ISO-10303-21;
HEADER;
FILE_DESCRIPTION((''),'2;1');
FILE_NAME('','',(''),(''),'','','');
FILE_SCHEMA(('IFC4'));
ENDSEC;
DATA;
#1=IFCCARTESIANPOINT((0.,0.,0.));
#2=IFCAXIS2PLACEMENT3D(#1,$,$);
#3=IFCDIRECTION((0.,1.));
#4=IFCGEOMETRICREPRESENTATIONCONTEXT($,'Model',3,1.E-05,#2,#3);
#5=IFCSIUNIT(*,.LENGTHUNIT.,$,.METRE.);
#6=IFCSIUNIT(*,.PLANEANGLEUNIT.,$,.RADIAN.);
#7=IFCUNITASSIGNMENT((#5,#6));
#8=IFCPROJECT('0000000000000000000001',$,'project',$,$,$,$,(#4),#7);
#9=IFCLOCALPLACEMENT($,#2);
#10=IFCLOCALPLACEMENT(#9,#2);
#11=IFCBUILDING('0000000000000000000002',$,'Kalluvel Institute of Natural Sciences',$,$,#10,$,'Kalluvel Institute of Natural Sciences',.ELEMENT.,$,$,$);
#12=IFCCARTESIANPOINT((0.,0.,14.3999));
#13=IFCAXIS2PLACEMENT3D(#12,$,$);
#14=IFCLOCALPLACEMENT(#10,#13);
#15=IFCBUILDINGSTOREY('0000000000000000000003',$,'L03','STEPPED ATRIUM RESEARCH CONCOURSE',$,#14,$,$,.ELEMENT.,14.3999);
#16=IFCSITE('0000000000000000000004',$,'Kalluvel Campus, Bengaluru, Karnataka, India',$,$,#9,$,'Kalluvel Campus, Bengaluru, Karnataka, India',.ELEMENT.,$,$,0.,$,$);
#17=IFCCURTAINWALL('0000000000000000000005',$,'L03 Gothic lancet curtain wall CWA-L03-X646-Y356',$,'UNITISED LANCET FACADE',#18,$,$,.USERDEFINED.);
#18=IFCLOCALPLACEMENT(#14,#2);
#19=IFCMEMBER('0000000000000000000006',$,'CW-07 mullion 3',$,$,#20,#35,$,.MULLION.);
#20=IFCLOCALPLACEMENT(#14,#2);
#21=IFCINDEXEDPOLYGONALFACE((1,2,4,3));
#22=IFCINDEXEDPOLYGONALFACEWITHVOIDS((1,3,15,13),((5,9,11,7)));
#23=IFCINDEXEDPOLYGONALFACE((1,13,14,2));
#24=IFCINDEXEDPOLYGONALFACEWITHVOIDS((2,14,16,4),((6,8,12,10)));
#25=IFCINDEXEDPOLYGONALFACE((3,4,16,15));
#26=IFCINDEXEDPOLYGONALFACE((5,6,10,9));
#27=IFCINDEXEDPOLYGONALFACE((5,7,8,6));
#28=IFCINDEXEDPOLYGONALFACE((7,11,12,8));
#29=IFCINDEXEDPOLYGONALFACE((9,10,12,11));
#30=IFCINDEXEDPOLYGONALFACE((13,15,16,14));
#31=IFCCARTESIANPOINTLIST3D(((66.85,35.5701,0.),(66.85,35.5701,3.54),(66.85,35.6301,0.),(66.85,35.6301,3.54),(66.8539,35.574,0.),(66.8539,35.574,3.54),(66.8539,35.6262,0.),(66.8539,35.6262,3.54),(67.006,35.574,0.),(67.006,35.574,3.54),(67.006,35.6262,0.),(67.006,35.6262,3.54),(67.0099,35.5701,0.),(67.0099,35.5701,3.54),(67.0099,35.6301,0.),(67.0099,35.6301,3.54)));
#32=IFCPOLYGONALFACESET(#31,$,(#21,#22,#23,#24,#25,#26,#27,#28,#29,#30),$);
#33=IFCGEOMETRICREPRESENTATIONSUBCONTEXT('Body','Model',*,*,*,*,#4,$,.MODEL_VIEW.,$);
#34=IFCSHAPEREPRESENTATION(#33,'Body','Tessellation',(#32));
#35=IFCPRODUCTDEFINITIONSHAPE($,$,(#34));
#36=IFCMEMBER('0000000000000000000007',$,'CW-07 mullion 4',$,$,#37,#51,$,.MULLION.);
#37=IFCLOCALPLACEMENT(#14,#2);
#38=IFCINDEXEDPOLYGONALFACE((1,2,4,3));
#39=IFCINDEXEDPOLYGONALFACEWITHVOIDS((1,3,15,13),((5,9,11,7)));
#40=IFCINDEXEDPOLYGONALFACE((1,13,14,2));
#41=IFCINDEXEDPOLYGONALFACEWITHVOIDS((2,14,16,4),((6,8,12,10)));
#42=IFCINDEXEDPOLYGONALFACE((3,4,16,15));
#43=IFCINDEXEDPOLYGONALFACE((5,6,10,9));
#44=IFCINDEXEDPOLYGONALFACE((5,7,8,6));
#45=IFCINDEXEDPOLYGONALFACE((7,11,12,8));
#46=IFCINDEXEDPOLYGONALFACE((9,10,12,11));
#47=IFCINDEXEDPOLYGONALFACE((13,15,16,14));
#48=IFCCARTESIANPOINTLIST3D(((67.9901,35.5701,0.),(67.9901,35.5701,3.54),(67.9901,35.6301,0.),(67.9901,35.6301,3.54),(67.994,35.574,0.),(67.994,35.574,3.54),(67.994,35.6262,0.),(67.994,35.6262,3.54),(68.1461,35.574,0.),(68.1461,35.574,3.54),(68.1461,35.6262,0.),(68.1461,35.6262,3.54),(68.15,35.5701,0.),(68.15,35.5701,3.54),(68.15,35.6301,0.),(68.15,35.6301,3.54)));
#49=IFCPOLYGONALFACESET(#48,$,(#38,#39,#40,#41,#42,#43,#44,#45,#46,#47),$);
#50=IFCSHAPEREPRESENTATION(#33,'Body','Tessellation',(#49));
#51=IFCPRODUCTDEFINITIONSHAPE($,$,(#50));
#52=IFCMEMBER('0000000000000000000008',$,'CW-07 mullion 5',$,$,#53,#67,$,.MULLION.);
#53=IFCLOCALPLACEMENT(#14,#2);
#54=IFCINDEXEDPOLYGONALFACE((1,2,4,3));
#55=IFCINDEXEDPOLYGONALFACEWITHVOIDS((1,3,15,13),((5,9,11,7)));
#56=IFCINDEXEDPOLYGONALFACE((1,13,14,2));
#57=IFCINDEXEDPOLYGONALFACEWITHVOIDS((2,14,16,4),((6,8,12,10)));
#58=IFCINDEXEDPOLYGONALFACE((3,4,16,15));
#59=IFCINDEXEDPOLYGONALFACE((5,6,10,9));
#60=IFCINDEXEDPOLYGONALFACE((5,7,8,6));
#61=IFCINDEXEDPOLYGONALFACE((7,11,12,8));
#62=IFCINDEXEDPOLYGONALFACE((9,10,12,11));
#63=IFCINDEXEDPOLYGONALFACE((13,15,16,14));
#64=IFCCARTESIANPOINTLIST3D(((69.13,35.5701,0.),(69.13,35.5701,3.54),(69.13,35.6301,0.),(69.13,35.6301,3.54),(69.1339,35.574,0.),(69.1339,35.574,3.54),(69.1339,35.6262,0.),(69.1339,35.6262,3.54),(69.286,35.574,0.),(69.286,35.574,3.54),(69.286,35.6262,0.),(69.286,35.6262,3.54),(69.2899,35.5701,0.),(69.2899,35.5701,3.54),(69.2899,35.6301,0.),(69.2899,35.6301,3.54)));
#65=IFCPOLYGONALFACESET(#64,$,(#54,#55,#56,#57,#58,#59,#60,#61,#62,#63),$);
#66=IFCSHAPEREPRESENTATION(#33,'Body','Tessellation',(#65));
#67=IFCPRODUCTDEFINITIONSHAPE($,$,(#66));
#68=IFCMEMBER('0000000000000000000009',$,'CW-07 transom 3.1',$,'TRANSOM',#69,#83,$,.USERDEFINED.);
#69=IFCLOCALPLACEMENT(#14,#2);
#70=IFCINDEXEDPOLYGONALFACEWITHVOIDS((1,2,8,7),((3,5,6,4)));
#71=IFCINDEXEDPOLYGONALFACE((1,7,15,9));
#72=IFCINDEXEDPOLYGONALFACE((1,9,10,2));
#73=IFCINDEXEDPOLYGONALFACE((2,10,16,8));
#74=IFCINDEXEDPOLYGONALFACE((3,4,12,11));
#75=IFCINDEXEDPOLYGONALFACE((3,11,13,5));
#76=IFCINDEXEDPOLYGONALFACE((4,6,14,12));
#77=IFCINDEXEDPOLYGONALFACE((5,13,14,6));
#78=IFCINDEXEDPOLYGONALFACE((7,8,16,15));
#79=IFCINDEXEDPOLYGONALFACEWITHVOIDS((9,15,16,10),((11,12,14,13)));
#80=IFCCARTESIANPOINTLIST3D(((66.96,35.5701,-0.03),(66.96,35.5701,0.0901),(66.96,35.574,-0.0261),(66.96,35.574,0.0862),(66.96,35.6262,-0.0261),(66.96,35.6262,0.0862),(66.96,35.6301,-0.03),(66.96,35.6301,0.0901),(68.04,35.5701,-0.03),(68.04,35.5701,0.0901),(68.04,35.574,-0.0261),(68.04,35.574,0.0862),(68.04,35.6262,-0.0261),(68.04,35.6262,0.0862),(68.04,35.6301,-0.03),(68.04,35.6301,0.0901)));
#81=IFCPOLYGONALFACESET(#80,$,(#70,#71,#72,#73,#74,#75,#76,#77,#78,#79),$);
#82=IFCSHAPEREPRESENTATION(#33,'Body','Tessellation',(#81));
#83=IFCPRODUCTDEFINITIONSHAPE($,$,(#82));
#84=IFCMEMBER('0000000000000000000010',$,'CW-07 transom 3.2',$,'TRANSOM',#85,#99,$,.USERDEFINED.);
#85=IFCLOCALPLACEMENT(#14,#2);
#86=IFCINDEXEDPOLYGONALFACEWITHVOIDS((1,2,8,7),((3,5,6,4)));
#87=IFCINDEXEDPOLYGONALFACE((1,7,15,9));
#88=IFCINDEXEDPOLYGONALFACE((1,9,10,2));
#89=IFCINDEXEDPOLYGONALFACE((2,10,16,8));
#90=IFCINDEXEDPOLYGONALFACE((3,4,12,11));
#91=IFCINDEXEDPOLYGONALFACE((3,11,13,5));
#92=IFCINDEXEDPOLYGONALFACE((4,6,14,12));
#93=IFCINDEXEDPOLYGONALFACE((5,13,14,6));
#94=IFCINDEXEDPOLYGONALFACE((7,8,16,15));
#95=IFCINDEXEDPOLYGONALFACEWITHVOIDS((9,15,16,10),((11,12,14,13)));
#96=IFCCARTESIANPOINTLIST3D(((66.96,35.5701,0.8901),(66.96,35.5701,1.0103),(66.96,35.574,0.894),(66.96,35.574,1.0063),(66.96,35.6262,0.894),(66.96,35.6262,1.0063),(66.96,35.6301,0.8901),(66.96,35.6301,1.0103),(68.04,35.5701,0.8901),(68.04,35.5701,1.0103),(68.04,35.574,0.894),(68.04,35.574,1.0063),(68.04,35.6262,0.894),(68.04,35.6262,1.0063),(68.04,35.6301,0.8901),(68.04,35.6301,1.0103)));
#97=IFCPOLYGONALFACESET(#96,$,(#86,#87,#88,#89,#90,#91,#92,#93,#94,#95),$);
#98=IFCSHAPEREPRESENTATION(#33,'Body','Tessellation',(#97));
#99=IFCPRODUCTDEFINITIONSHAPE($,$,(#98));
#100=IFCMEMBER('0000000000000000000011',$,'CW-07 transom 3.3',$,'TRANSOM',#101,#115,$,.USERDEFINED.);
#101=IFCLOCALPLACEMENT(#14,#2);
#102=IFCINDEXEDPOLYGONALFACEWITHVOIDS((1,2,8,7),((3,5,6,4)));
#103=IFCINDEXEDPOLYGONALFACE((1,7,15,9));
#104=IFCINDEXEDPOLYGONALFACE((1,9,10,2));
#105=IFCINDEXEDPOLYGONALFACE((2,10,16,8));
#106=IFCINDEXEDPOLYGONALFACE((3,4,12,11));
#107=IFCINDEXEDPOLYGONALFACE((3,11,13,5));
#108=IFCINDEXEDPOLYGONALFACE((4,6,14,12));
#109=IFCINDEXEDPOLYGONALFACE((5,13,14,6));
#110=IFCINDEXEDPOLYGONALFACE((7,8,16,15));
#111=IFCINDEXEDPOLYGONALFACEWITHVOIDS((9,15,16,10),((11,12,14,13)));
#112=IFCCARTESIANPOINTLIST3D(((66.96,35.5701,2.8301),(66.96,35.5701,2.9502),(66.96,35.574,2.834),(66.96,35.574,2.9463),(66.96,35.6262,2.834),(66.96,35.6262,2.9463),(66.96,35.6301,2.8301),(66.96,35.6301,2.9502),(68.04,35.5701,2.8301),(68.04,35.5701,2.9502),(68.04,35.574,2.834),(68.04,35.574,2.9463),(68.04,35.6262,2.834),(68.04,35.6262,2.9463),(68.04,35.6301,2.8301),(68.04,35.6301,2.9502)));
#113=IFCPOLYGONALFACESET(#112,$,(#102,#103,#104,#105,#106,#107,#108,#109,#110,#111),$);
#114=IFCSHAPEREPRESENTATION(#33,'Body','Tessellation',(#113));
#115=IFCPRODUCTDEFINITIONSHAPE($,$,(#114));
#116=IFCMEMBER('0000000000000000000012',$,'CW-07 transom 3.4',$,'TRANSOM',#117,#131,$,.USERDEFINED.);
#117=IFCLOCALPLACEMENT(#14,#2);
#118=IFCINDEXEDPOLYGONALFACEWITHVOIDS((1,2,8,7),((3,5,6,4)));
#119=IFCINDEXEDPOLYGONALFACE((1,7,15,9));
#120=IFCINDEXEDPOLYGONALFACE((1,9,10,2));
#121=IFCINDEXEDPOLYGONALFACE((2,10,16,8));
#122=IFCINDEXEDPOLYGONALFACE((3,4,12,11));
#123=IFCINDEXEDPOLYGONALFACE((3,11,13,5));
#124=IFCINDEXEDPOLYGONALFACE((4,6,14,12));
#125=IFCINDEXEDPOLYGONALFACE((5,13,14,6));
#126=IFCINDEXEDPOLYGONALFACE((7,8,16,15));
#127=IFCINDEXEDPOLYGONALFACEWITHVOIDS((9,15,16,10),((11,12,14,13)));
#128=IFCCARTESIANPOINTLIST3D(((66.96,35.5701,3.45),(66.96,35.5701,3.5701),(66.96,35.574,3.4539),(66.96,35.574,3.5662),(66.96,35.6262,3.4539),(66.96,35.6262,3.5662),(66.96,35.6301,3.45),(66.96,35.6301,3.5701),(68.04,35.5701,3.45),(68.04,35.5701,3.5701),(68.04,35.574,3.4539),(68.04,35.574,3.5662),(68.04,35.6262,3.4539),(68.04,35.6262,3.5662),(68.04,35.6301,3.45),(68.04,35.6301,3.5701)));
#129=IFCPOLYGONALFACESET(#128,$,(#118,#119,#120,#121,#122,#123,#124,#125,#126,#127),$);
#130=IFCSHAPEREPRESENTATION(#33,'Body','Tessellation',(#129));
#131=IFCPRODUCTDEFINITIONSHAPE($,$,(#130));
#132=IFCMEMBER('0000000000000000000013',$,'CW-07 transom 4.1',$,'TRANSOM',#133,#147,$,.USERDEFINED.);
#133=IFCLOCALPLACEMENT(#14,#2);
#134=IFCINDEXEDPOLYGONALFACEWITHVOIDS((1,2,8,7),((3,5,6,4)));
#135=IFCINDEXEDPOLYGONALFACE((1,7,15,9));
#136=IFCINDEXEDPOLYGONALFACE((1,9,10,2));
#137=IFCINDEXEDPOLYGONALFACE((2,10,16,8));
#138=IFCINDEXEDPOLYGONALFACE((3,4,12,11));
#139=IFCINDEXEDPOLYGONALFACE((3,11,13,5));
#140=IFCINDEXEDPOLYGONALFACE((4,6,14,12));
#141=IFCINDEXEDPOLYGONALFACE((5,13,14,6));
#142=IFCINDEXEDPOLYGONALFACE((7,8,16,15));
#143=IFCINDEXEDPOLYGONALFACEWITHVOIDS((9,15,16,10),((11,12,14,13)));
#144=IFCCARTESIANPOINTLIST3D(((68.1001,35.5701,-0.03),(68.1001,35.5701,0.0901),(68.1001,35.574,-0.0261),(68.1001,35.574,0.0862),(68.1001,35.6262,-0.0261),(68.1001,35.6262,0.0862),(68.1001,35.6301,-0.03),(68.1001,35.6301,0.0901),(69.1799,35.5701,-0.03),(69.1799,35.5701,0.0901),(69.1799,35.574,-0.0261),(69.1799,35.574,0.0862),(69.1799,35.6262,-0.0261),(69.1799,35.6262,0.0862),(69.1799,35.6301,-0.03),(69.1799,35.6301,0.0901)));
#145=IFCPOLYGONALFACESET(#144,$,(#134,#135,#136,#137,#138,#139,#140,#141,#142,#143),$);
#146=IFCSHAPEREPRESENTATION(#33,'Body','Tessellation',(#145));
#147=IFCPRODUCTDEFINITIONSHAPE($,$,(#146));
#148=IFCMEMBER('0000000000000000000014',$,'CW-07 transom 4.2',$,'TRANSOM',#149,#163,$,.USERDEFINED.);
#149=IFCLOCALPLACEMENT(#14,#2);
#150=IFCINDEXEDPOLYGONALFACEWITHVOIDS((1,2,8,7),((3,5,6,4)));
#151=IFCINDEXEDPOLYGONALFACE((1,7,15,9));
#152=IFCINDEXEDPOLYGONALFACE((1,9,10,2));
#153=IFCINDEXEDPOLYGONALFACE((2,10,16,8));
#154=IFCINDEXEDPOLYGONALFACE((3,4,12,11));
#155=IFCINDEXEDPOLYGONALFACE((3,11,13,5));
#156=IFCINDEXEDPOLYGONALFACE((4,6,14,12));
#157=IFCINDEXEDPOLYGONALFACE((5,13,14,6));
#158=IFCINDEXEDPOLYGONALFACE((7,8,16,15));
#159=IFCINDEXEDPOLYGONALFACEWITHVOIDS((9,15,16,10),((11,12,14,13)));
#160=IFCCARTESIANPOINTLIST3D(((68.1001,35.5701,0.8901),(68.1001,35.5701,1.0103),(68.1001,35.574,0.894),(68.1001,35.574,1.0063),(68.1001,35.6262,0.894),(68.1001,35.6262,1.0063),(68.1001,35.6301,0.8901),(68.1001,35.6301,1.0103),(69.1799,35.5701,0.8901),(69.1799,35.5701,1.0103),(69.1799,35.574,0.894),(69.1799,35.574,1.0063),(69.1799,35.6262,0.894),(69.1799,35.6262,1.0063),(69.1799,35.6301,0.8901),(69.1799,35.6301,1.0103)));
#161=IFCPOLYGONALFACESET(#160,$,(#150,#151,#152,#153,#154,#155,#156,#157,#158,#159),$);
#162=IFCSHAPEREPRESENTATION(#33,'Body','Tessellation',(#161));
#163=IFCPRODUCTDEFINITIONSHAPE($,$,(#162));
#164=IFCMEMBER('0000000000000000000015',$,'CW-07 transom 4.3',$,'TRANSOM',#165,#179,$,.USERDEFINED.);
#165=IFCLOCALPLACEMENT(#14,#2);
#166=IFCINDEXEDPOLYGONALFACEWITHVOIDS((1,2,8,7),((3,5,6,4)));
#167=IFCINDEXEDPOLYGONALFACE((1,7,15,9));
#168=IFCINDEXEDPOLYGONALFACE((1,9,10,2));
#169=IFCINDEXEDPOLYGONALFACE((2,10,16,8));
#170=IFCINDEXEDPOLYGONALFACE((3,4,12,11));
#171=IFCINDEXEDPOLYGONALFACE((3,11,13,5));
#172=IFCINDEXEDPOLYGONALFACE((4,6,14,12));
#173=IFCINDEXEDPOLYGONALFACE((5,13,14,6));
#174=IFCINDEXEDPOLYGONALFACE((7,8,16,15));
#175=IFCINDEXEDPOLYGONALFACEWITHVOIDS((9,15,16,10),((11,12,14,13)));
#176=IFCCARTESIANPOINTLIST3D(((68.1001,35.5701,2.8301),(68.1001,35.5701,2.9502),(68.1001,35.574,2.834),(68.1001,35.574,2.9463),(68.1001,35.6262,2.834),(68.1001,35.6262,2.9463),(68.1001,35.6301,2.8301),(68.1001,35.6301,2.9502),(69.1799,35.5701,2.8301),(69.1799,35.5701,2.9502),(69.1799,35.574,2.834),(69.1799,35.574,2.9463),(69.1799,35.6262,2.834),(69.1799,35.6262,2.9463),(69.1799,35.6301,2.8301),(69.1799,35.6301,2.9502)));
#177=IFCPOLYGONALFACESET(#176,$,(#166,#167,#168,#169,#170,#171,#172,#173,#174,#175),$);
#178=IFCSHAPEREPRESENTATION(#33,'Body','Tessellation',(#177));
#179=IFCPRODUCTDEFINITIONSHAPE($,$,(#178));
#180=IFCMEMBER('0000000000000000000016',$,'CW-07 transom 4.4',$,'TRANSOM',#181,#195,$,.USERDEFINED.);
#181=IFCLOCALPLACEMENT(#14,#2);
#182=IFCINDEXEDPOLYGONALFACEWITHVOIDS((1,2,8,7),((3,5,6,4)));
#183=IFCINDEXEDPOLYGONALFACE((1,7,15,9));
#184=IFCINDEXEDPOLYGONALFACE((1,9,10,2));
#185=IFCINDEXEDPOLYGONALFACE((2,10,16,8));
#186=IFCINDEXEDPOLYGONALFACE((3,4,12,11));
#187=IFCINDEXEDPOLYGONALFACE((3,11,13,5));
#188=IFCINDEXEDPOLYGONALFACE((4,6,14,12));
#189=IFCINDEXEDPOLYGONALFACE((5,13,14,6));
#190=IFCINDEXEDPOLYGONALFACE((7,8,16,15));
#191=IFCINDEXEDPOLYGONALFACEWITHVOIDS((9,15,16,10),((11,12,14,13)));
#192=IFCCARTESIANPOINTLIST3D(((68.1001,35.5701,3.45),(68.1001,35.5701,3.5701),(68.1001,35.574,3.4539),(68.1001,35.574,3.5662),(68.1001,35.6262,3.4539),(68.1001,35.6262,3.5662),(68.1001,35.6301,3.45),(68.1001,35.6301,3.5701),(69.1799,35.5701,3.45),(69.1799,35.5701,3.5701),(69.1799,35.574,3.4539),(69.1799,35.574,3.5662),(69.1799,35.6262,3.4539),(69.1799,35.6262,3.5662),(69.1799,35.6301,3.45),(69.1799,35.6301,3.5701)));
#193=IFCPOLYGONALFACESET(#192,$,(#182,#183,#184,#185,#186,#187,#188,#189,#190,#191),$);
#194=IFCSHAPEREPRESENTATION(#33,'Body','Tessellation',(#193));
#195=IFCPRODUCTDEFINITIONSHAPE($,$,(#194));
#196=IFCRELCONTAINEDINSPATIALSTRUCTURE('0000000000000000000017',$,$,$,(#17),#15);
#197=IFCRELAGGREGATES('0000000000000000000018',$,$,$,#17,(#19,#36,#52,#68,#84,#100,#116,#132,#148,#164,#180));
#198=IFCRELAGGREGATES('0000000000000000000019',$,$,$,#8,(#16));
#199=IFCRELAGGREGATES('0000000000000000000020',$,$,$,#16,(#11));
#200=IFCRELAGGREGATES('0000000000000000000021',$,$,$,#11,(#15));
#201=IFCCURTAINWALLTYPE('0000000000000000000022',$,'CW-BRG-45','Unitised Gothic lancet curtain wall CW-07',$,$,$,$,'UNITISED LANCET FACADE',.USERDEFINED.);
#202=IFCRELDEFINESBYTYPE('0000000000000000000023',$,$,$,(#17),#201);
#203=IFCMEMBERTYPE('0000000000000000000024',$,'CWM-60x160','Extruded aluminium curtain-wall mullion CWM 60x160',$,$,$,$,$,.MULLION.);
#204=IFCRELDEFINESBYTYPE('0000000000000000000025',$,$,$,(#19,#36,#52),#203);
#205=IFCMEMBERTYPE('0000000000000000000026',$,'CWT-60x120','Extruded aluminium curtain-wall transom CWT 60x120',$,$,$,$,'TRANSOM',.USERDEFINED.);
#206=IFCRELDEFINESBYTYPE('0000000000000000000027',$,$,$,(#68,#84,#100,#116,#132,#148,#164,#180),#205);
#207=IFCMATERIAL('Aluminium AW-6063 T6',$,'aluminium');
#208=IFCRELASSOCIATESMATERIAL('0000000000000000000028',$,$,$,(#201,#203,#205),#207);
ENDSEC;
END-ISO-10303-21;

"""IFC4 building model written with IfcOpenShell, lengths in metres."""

from ifc_helpers import new_model, si_unit, direction, frame, origin, origin_2d, place, context, subcontext, project, spatial, hollow_rectangle, extrude, material, material_profile, profile_set, type_object, element, aggregate, save


model = new_model("IFC4")

# Units and contexts
model_context = context("Model", 3, precision=1e-05, world=origin(), true_north=direction((0.0, 1.0)))
body_context = subcontext(model_context, "Body", "Model", "MODEL_VIEW")
ifc_project = project(units=[si_unit("LENGTHUNIT", "METRE"), si_unit("PLANEANGLEUNIT", "RADIAN")], contexts=[model_context])

# Site, building, storey
site_placement = place(None, origin())
site = spatial("IfcSite", under=ifc_project, at=site_placement, Name="Kalluvel Campus, Bengaluru, Karnataka, India", LongName="Kalluvel Campus, Bengaluru, Karnataka, India", CompositionType="ELEMENT", RefElevation=0.0)
building_placement = place(site_placement, origin())
building = spatial("IfcBuilding", under=site, at=building_placement, Name="Kalluvel Institute of Natural Sciences", LongName="Kalluvel Institute of Natural Sciences", CompositionType="ELEMENT")
storey_placement = place(building_placement, frame((0.0, 0.0, 14.3999)))
storey = spatial("IfcBuildingStorey", under=building, at=storey_placement, Name="L03", Description="STEPPED ATRIUM RESEARCH CONCOURSE", CompositionType="ELEMENT", Elevation=14.3999)

# Curtain wall, members
ifc_material_1 = material(Name="Aluminium AW-6063 T6", Category="aluminium")
curtain_wall_type = type_object("IfcCurtainWallType", Name="CW-BRG-45", Description="Unitised Gothic lancet curtain wall CW-07", ElementType="UNITISED LANCET FACADE", PredefinedType="USERDEFINED", material=ifc_material_1)
curtain_wall_placement = place(storey_placement, origin())
curtain_wall = element("IfcCurtainWall", 1, at=curtain_wall_placement, inside=storey, type_object=curtain_wall_type, Name="L03 Gothic lancet curtain wall CWA-L03-X646-Y356", ObjectType="UNITISED LANCET FACADE", PredefinedType="USERDEFINED")
ifc_material_profile_1 = material_profile(ifc_material_1, hollow_rectangle(XDim=0.0601, YDim=0.1599, WallThickness=0.0039, at=origin_2d()), Name="CWM 60x160")
ifc_profile_set_1 = profile_set([ifc_material_profile_1], Name="Aluminium AW-6063 T6")
member_type_1 = type_object("IfcMemberType", Name="CWM-60x160", Description="Extruded aluminium curtain-wall mullion CWM 60x160", PredefinedType="MULLION", material=ifc_profile_set_1)
member_1_placement = place(storey_placement, frame((66.9299, 35.6001, 0.0), z_axis=(0.0, 0.0, 1.0), x_axis=(0.0, 1.0, 0.0)))
member_1 = element("IfcMember", 2, at=member_1_placement, type_object=member_type_1, Name="CW-07 mullion 3", PredefinedType="MULLION", context=body_context, shape_type="SweptSolid", body=[
    extrude(hollow_rectangle(XDim=0.0601, YDim=0.1599, WallThickness=0.0039, at=origin_2d()), origin(), (0.0, 0.0, 1.0), 3.54),
])
member_2_placement = place(storey_placement, frame((68.0701, 35.6001, 0.0), z_axis=(0.0, 0.0, 1.0), x_axis=(0.0, 1.0, 0.0)))
member_2 = element("IfcMember", 3, at=member_2_placement, type_object=member_type_1, Name="CW-07 mullion 4", PredefinedType="MULLION", context=body_context, shape_type="SweptSolid", body=[
    extrude(hollow_rectangle(XDim=0.0601, YDim=0.1599, WallThickness=0.0039, at=origin_2d()), origin(), (0.0, 0.0, 1.0), 3.54),
])
member_3_placement = place(storey_placement, frame((69.21, 35.6001, 0.0), z_axis=(0.0, 0.0, 1.0), x_axis=(0.0, 1.0, 0.0)))
member_3 = element("IfcMember", 4, at=member_3_placement, type_object=member_type_1, Name="CW-07 mullion 5", PredefinedType="MULLION", context=body_context, shape_type="SweptSolid", body=[
    extrude(hollow_rectangle(XDim=0.0601, YDim=0.1599, WallThickness=0.0039, at=origin_2d()), origin(), (0.0, 0.0, 1.0), 3.54),
])
ifc_material_profile_2 = material_profile(ifc_material_1, hollow_rectangle(XDim=0.0601, YDim=0.1201, WallThickness=0.0039, at=origin_2d()), Name="CWT 60x120")
ifc_profile_set_2 = profile_set([ifc_material_profile_2], Name="Aluminium AW-6063 T6")
member_type_2 = type_object("IfcMemberType", Name="CWT-60x120", Description="Extruded aluminium curtain-wall transom CWT 60x120", ElementType="TRANSOM", PredefinedType="USERDEFINED", material=ifc_profile_set_2)
member_4_placement = place(storey_placement, frame((66.96, 35.6001, 0.03), z_axis=(1.0, 0.0, 0.0), x_axis=(0.0, 1.0, 0.0)))
member_4 = element("IfcMember", 5, at=member_4_placement, type_object=member_type_2, Name="CW-07 transom 3.1", ObjectType="TRANSOM", PredefinedType="USERDEFINED", context=body_context, shape_type="SweptSolid", body=[
    extrude(hollow_rectangle(XDim=0.0601, YDim=0.1201, WallThickness=0.0039, at=origin_2d()), origin(), (0.0, 0.0, 1.0), 1.0801),
])
member_5_placement = place(storey_placement, frame((66.96, 35.6001, 0.9502), z_axis=(1.0, 0.0, 0.0), x_axis=(0.0, 1.0, 0.0)))
member_5 = element("IfcMember", 6, at=member_5_placement, type_object=member_type_2, Name="CW-07 transom 3.2", ObjectType="TRANSOM", PredefinedType="USERDEFINED", context=body_context, shape_type="SweptSolid", body=[
    extrude(hollow_rectangle(XDim=0.0601, YDim=0.1201, WallThickness=0.0039, at=origin_2d()), origin(), (0.0, 0.0, 1.0), 1.0801),
])
member_6_placement = place(storey_placement, frame((66.96, 35.6001, 2.8901), z_axis=(1.0, 0.0, 0.0), x_axis=(0.0, 1.0, 0.0)))
member_6 = element("IfcMember", 7, at=member_6_placement, type_object=member_type_2, Name="CW-07 transom 3.3", ObjectType="TRANSOM", PredefinedType="USERDEFINED", context=body_context, shape_type="SweptSolid", body=[
    extrude(hollow_rectangle(XDim=0.0601, YDim=0.1201, WallThickness=0.0039, at=origin_2d()), origin(), (0.0, 0.0, 1.0), 1.0801),
])
member_7_placement = place(storey_placement, frame((66.96, 35.6001, 3.51), z_axis=(1.0, 0.0, 0.0), x_axis=(0.0, 1.0, 0.0)))
member_7 = element("IfcMember", 8, at=member_7_placement, type_object=member_type_2, Name="CW-07 transom 3.4", ObjectType="TRANSOM", PredefinedType="USERDEFINED", context=body_context, shape_type="SweptSolid", body=[
    extrude(hollow_rectangle(XDim=0.0601, YDim=0.1201, WallThickness=0.0039, at=origin_2d()), origin(), (0.0, 0.0, 1.0), 1.0801),
])
member_8_placement = place(storey_placement, frame((68.1001, 35.6001, 0.03), z_axis=(1.0, 0.0, 0.0), x_axis=(0.0, 1.0, 0.0)))
member_8 = element("IfcMember", 9, at=member_8_placement, type_object=member_type_2, Name="CW-07 transom 4.1", ObjectType="TRANSOM", PredefinedType="USERDEFINED", context=body_context, shape_type="SweptSolid", body=[
    extrude(hollow_rectangle(XDim=0.0601, YDim=0.1201, WallThickness=0.0039, at=origin_2d()), origin(), (0.0, 0.0, 1.0), 1.0798),
])
member_9_placement = place(storey_placement, frame((68.1001, 35.6001, 0.9502), z_axis=(1.0, 0.0, 0.0), x_axis=(0.0, 1.0, 0.0)))
member_9 = element("IfcMember", 10, at=member_9_placement, type_object=member_type_2, Name="CW-07 transom 4.2", ObjectType="TRANSOM", PredefinedType="USERDEFINED", context=body_context, shape_type="SweptSolid", body=[
    extrude(hollow_rectangle(XDim=0.0601, YDim=0.1201, WallThickness=0.0039, at=origin_2d()), origin(), (0.0, 0.0, 1.0), 1.0798),
])
member_10_placement = place(storey_placement, frame((68.1001, 35.6001, 2.8901), z_axis=(1.0, 0.0, 0.0), x_axis=(0.0, 1.0, 0.0)))
member_10 = element("IfcMember", 11, at=member_10_placement, type_object=member_type_2, Name="CW-07 transom 4.3", ObjectType="TRANSOM", PredefinedType="USERDEFINED", context=body_context, shape_type="SweptSolid", body=[
    extrude(hollow_rectangle(XDim=0.0601, YDim=0.1201, WallThickness=0.0039, at=origin_2d()), origin(), (0.0, 0.0, 1.0), 1.0798),
])
member_11_placement = place(storey_placement, frame((68.1001, 35.6001, 3.51), z_axis=(1.0, 0.0, 0.0), x_axis=(0.0, 1.0, 0.0)))
member_11 = element("IfcMember", 12, at=member_11_placement, type_object=member_type_2, Name="CW-07 transom 4.4", ObjectType="TRANSOM", PredefinedType="USERDEFINED", context=body_context, shape_type="SweptSolid", body=[
    extrude(hollow_rectangle(XDim=0.0601, YDim=0.1201, WallThickness=0.0039, at=origin_2d()), origin(), (0.0, 0.0, 1.0), 1.0798),
])

aggregate(curtain_wall, [member_1, member_2, member_3, member_4, member_5, member_6, member_7, member_8, member_9, member_10, member_11])

save(model, "model.ifc")
